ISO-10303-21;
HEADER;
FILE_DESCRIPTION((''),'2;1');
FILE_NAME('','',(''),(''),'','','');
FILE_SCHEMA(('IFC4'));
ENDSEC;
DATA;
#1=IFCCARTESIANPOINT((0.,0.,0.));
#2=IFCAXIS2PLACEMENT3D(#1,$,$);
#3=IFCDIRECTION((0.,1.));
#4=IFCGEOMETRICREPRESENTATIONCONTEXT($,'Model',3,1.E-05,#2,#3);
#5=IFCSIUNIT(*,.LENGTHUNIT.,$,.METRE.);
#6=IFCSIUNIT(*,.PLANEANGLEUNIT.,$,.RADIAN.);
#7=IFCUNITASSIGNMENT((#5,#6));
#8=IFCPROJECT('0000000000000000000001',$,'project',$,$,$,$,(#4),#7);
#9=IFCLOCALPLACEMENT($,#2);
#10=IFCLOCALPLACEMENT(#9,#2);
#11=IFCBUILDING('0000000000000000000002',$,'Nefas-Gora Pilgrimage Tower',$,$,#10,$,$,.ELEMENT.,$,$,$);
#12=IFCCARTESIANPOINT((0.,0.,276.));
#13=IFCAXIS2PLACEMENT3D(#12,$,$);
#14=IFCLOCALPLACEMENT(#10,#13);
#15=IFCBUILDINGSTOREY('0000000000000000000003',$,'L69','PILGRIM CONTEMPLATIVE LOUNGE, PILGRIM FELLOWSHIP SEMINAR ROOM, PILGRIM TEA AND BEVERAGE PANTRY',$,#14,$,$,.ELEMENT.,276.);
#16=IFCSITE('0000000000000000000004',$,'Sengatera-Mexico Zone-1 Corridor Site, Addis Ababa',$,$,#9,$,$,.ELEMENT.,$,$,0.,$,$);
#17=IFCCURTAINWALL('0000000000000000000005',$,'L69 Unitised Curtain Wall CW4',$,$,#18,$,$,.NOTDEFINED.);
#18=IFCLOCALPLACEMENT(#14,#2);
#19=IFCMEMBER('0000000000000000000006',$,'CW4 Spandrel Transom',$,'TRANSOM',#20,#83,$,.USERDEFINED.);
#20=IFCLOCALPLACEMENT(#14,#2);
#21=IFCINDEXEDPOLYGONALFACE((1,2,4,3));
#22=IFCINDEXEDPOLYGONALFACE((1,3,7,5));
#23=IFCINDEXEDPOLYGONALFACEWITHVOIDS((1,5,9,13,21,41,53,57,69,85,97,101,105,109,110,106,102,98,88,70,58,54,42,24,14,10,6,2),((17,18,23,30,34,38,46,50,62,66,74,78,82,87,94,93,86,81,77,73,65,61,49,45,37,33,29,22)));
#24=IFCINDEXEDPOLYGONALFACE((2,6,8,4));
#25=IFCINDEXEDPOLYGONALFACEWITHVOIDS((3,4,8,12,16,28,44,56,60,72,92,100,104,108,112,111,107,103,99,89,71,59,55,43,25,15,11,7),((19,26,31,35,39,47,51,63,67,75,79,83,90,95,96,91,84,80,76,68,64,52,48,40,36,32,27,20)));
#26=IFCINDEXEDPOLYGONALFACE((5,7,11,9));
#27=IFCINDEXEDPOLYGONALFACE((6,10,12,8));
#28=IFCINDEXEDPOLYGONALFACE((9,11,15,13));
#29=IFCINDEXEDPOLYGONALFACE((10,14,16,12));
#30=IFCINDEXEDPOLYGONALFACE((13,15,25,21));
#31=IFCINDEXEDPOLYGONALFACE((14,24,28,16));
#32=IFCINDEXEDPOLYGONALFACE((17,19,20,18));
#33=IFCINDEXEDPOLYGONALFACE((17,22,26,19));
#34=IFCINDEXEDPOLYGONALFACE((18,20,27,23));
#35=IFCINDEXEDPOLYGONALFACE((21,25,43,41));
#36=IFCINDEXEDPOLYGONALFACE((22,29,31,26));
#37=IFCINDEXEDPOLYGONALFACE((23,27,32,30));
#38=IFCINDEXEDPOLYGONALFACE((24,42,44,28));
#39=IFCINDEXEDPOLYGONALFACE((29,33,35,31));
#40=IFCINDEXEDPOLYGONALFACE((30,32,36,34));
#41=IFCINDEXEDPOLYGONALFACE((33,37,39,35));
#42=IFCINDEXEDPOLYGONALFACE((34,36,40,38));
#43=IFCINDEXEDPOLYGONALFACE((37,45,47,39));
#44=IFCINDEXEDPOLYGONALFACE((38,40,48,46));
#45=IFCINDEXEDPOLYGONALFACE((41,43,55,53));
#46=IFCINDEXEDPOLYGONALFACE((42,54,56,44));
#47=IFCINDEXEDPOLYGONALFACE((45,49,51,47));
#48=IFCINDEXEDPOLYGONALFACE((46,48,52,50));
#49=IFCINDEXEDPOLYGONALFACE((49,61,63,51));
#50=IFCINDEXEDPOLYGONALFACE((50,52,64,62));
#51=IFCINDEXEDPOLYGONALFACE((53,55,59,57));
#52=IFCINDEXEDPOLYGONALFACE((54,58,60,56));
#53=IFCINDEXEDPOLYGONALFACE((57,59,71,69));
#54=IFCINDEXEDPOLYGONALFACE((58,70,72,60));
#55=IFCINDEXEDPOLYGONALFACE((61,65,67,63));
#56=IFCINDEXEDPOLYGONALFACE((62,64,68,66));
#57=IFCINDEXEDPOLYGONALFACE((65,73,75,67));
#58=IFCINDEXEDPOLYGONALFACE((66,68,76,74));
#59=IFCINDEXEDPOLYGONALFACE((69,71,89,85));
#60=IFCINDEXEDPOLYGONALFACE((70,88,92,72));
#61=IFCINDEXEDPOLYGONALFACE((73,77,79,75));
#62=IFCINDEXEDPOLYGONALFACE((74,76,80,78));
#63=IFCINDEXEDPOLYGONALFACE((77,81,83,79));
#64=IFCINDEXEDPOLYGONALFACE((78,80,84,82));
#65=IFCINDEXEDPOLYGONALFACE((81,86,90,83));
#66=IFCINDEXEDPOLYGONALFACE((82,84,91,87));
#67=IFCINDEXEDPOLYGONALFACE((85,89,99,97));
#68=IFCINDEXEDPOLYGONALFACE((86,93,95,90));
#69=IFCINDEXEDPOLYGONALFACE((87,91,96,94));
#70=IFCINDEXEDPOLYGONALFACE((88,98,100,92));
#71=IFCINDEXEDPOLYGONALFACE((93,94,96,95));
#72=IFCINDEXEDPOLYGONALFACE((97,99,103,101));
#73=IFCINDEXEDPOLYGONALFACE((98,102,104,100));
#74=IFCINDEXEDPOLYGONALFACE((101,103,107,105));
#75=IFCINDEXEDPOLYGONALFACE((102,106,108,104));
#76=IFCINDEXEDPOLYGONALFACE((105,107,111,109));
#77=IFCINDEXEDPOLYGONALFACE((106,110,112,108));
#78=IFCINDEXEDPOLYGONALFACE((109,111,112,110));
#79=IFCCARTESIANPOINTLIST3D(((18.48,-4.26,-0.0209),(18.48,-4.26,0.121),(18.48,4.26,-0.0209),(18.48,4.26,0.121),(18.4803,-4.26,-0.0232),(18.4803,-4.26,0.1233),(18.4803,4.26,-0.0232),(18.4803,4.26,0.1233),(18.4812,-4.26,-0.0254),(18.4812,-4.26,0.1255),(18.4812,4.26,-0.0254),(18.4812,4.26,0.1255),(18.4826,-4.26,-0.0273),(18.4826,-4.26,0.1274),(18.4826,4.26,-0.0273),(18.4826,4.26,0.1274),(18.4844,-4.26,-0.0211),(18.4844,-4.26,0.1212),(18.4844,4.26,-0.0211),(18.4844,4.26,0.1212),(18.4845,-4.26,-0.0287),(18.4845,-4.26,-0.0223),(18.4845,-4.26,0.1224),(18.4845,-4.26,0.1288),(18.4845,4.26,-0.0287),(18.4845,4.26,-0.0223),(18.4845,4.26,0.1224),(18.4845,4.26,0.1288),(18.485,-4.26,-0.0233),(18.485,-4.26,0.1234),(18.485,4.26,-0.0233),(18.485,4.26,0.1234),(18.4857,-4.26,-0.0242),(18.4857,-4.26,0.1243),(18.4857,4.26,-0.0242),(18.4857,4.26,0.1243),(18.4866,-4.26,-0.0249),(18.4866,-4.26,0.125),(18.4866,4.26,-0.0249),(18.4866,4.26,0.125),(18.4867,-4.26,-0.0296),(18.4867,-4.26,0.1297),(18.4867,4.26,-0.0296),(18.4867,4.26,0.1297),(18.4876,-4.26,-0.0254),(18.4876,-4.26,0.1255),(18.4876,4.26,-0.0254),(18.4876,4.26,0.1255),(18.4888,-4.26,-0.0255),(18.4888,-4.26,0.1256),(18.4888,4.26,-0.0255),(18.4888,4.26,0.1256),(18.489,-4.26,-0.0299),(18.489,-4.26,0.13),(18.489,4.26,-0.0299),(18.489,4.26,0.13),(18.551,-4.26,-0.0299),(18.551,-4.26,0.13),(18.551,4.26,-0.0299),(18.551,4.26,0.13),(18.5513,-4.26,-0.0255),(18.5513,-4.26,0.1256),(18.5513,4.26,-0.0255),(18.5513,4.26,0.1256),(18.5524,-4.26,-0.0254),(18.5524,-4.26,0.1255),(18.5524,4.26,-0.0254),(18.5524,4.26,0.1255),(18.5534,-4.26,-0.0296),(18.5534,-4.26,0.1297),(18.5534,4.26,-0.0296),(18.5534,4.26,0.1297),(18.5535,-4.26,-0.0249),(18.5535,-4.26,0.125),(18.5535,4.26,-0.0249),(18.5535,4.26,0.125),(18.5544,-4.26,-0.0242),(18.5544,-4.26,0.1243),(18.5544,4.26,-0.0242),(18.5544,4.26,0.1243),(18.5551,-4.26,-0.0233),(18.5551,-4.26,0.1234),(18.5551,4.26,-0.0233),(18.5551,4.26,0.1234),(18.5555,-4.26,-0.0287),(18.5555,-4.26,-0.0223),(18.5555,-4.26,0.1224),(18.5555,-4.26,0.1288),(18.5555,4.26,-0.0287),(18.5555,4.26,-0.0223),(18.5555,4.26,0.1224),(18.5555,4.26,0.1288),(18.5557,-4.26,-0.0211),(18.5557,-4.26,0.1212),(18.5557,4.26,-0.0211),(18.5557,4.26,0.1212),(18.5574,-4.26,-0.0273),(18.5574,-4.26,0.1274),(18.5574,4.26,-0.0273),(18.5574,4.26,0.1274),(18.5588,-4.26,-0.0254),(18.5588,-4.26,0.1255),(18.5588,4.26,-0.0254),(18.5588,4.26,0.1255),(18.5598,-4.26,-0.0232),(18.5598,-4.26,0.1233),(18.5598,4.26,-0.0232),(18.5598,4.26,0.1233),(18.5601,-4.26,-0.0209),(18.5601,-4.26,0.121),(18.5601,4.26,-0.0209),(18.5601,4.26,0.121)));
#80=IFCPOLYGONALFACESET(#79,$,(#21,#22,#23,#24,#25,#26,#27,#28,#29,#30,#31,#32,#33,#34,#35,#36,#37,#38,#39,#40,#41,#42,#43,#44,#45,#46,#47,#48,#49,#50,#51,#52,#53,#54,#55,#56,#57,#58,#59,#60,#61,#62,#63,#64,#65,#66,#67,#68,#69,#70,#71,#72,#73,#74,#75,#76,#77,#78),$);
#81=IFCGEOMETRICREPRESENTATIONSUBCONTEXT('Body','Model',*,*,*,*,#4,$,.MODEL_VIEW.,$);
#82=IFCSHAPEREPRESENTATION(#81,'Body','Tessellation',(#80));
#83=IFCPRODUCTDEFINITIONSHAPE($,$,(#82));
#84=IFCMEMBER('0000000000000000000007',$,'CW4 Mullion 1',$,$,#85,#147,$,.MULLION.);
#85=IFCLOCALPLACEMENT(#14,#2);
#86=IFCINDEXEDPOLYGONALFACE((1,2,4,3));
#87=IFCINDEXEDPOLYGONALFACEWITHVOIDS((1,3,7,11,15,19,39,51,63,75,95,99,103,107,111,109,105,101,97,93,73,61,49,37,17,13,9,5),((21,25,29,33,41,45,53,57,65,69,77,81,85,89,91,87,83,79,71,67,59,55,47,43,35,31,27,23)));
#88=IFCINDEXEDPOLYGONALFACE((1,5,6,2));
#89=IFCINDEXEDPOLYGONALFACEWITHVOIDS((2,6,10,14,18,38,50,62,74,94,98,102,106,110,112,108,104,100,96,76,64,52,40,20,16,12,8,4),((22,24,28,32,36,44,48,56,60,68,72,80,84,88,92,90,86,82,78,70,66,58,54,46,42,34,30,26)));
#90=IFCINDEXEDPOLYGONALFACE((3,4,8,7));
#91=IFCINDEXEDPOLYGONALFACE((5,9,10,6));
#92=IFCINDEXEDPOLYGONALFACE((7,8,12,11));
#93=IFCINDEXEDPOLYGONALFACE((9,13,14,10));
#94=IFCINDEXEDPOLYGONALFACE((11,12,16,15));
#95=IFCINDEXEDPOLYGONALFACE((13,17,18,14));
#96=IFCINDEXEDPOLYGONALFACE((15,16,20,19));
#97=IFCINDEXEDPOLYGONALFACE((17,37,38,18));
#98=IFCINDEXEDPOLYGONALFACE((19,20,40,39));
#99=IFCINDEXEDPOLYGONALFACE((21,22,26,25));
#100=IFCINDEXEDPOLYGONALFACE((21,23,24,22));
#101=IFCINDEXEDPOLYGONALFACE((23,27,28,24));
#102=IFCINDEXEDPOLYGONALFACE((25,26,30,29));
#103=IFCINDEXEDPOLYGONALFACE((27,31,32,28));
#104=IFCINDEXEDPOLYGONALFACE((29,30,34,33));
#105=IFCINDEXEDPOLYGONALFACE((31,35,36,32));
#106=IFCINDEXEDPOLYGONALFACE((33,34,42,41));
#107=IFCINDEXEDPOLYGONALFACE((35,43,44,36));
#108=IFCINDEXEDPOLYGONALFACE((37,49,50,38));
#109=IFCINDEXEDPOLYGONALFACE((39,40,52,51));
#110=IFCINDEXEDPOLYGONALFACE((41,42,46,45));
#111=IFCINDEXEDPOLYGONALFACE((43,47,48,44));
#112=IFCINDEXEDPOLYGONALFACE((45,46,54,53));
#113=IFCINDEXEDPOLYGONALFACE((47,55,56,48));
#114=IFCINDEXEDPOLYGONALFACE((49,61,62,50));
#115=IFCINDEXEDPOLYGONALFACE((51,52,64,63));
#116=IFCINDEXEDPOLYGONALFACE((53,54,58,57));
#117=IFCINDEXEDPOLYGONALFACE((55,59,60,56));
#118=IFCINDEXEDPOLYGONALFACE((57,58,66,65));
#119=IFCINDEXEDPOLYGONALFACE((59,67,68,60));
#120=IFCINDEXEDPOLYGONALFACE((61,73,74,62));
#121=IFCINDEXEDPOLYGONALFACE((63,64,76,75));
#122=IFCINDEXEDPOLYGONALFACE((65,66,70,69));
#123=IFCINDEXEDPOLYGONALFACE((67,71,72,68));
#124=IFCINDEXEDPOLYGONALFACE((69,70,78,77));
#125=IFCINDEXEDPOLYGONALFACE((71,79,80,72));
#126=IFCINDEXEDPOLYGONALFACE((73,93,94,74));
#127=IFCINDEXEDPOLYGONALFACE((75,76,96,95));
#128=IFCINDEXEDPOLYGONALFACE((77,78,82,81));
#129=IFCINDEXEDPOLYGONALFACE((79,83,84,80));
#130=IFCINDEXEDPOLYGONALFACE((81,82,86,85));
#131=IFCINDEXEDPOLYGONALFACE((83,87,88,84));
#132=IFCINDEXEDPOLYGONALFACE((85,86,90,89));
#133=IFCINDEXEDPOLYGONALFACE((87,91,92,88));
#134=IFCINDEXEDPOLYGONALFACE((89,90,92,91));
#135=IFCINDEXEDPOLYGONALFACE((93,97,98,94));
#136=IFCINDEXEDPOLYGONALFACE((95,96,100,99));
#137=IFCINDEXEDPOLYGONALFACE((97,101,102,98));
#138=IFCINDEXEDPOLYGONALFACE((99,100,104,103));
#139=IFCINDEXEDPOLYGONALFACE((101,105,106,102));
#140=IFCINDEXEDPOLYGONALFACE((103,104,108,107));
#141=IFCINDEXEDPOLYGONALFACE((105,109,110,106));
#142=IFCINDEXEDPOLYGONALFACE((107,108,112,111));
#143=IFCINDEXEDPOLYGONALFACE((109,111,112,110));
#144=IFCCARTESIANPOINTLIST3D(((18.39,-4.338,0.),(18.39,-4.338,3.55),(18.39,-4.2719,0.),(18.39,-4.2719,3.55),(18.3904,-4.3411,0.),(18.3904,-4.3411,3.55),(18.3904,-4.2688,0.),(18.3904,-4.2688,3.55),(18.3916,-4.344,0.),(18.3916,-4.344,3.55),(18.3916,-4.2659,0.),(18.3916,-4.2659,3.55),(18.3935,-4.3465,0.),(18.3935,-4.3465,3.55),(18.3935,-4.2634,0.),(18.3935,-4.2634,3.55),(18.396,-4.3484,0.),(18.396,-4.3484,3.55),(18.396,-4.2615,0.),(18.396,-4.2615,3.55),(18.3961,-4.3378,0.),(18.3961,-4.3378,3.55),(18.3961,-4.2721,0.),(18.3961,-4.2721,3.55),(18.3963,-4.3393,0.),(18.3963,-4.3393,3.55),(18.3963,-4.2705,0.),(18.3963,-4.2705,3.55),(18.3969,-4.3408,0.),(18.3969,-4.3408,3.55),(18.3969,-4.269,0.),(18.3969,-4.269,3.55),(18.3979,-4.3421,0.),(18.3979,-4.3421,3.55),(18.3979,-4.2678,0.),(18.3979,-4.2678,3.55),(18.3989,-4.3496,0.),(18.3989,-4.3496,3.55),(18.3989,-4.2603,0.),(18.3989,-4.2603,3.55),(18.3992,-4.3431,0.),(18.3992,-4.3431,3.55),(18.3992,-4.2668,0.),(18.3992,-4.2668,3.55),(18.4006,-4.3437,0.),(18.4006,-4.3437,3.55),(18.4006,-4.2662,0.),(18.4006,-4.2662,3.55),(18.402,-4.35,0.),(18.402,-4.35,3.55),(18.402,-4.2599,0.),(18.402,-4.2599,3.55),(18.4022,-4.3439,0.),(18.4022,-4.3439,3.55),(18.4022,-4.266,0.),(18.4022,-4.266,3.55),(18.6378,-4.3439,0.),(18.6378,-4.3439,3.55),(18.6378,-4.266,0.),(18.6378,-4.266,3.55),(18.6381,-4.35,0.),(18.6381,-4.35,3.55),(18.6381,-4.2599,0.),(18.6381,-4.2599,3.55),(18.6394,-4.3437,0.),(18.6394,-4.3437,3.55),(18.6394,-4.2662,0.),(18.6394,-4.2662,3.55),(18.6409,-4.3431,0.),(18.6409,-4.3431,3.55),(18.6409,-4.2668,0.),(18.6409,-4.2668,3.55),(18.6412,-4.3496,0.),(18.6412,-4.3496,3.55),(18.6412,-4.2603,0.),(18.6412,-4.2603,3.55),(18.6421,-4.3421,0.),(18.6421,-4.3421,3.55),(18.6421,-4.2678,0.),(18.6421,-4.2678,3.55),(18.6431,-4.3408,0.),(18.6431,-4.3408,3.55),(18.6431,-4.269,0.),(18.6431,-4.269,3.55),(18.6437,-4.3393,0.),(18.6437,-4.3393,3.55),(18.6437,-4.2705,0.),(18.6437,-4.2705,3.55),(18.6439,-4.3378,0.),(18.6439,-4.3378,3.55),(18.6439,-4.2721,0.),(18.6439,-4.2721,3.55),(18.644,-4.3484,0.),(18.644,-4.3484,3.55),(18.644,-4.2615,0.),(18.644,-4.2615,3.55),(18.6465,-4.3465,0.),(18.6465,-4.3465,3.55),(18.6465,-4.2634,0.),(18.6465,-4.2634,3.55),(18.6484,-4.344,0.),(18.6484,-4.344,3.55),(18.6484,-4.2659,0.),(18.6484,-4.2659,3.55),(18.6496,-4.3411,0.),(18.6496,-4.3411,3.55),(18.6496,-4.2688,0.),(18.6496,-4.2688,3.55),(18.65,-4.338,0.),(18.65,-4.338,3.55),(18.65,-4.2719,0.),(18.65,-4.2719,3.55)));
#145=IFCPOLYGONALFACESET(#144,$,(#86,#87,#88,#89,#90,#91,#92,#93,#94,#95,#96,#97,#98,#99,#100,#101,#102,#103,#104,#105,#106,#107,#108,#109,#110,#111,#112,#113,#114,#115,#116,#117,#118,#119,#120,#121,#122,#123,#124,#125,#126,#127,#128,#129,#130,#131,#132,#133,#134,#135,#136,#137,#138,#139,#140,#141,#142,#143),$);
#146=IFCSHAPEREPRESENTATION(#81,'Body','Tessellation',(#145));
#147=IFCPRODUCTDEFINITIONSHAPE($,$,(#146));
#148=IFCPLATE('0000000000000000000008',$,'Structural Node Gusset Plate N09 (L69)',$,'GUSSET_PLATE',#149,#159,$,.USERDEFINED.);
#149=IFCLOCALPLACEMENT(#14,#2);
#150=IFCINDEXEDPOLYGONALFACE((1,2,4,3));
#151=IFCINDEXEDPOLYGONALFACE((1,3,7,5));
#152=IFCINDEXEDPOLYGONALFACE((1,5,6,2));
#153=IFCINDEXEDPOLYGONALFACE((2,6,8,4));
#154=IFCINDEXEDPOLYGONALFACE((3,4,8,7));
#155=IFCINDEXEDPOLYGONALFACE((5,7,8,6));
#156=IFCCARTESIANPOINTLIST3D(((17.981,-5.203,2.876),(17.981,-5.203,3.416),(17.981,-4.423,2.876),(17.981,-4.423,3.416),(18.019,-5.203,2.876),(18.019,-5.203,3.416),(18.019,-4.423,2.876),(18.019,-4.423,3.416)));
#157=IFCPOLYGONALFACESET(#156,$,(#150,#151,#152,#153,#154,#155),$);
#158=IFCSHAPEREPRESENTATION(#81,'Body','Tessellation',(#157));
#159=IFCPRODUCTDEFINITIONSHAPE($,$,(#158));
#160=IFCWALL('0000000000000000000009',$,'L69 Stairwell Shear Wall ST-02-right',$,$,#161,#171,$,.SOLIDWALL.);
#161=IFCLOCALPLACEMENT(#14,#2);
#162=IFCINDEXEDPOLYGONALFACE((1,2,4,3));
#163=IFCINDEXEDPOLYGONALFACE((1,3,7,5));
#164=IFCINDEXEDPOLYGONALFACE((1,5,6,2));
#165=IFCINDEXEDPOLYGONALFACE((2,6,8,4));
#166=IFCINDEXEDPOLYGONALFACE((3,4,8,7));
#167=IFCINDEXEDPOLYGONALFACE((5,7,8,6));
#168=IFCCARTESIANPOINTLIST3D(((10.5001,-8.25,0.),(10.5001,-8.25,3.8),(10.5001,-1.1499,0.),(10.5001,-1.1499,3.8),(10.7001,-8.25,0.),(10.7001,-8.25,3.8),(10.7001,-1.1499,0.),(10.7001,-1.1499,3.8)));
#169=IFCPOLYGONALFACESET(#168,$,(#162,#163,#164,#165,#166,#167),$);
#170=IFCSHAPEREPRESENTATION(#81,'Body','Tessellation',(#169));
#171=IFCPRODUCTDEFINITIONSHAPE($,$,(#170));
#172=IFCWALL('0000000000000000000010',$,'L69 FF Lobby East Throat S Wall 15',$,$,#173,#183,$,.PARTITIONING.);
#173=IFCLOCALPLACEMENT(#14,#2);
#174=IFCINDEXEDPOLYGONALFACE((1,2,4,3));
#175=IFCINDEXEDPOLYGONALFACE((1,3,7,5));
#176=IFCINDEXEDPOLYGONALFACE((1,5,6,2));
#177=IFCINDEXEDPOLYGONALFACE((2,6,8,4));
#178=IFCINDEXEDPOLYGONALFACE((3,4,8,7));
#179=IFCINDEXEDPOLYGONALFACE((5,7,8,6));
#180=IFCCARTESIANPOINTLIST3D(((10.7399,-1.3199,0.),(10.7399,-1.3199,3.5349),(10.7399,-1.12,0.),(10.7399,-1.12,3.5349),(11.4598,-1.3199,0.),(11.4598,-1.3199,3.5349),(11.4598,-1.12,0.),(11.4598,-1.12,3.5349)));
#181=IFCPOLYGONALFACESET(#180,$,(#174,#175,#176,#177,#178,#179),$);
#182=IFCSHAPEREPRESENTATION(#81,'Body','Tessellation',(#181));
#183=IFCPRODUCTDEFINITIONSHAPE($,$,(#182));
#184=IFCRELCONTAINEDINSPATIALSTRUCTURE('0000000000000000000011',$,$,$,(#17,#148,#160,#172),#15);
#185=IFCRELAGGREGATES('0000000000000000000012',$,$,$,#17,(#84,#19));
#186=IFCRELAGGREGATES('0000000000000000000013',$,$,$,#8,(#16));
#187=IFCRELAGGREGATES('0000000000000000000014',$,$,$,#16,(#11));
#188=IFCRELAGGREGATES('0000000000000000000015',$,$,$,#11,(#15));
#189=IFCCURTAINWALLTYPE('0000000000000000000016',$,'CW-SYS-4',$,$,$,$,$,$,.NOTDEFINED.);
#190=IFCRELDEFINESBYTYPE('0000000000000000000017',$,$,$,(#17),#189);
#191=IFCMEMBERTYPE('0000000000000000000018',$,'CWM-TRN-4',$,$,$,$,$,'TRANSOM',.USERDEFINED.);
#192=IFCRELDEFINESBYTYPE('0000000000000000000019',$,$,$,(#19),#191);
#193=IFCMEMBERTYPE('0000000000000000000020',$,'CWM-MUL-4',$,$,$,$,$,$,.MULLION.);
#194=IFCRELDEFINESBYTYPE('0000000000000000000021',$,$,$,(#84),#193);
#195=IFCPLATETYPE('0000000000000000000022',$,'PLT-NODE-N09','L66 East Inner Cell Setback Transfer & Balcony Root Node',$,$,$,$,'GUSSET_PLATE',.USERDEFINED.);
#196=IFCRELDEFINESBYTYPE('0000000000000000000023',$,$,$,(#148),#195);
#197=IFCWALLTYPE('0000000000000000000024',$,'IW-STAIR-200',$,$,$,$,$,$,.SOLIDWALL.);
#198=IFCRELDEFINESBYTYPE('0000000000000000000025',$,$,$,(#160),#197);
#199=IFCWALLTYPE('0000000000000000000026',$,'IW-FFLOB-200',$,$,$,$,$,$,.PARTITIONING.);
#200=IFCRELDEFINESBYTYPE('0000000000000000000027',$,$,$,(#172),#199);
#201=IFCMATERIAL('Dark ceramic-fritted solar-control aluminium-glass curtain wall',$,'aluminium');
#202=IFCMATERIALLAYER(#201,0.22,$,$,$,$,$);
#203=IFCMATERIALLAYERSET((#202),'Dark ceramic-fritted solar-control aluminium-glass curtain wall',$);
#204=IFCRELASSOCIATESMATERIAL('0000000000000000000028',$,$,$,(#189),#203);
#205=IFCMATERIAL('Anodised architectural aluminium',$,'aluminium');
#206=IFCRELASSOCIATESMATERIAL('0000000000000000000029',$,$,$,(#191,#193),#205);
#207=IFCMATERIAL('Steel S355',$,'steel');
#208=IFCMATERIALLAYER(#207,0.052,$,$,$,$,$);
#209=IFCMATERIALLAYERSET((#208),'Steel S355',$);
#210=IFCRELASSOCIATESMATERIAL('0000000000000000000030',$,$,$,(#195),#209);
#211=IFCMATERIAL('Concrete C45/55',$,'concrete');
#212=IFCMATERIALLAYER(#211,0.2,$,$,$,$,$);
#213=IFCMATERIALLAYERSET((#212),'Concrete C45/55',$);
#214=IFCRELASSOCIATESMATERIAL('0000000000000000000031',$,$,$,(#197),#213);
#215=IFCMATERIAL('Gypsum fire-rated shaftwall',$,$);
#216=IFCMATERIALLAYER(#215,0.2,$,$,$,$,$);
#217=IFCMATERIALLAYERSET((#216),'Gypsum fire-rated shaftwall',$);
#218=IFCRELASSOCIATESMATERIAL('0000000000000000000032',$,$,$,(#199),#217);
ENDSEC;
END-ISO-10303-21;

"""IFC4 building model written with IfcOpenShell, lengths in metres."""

from ifc_helpers import new_model, si_unit, direction, frame, frame_2d, origin, origin_2d, place, context, subcontext, project, spatial, rectangle, hollow_rectangle, extrude, source, transform, mapped, material, layer, layer_set, material_profile, profile_set, type_object, element, aggregate, save


model = new_model("IFC4")

# Units and contexts
model_context = context("Model", 3, precision=1e-05, world=origin(), true_north=direction((0.0, 1.0)))
body_context = subcontext(model_context, "Body", "Model", "MODEL_VIEW")
ifc_project = project(units=[si_unit("LENGTHUNIT", "METRE"), si_unit("PLANEANGLEUNIT", "RADIAN")], contexts=[model_context])

# Site, building, storey
site_placement = place(None, origin())
site = spatial("IfcSite", under=ifc_project, at=site_placement, Name="Sengatera-Mexico Zone-1 Corridor Site, Addis Ababa", CompositionType="ELEMENT", RefElevation=0.0)
building_placement = place(site_placement, origin())
building = spatial("IfcBuilding", under=site, at=building_placement, Name="Nefas-Gora Pilgrimage Tower", CompositionType="ELEMENT")
storey_placement = place(building_placement, frame((0.0, 0.0, 276.0)))
storey = spatial("IfcBuildingStorey", under=building, at=storey_placement, Name="L69", Description="PILGRIM CONTEMPLATIVE LOUNGE, PILGRIM FELLOWSHIP SEMINAR ROOM, PILGRIM TEA AND BEVERAGE PANTRY", CompositionType="ELEMENT", Elevation=276.0)

# Shared definitions
ifc_material_1 = material(Name="Steel S355", Category="steel")

# Curtain wall, members
ifc_material_2 = material(Name="Dark ceramic-fritted solar-control aluminium-glass curtain wall", Category="aluminium")
ifc_layer_1 = layer(ifc_material_2, 0.22)
ifc_layer_set_1 = layer_set([ifc_layer_1], Name="Dark ceramic-fritted solar-control aluminium-glass curtain wall")
curtain_wall_type = type_object("IfcCurtainWallType", Name="CW-SYS-4", PredefinedType="NOTDEFINED", material=ifc_layer_set_1)
curtain_wall_placement = place(storey_placement, origin())
curtain_wall = element("IfcCurtainWall", 1, at=curtain_wall_placement, inside=storey, type_object=curtain_wall_type, Name="L69 Unitised Curtain Wall CW4", PredefinedType="NOTDEFINED")
ifc_material_3 = material(Name="Anodised architectural aluminium", Category="aluminium")
ifc_material_profile_1 = material_profile(ifc_material_3, hollow_rectangle(XDim=0.0801, YDim=0.1599, WallThickness=0.0044, InnerFilletRadius=0.0044, OuterFilletRadius=0.009, at=origin_2d()), Name="ALU TRANSOM 80x160")
ifc_profile_set_1 = profile_set([ifc_material_profile_1], Name="Anodised architectural aluminium")
member_type_1 = type_object("IfcMemberType", Name="CWM-TRN-4", ElementType="TRANSOM", PredefinedType="USERDEFINED", material=ifc_profile_set_1)
shared_shape_1 = source(origin(), body_context, "Body", "SweptSolid", [
    extrude(hollow_rectangle(XDim=0.0801, YDim=0.1599, WallThickness=0.0044, InnerFilletRadius=0.0044, OuterFilletRadius=0.009, at=origin_2d()), origin(), (0.0, 0.0, 1.0), 8.52),
])
member_1_placement = place(storey_placement, frame((18.52, -4.26, 0.05), z_axis=(0.0, 1.0, 0.0), x_axis=(-1.0, 0.0, 0.0)))
member_1 = element("IfcMember", 2, at=member_1_placement, type_object=member_type_1, Name="CW4 Spandrel Transom", ObjectType="TRANSOM", PredefinedType="USERDEFINED", context=body_context, shape_type="MappedRepresentation", body=[
    mapped(shared_shape_1, transform((0.0, 0.0, 0.0), x_axis=(1.0, 0.0, 0.0), y_axis=(0.0, 1.0, 0.0), z_axis=(0.0, 0.0, 1.0), scale=1.0)),
])
ifc_material_profile_2 = material_profile(ifc_material_3, hollow_rectangle(XDim=0.0901, YDim=0.26, WallThickness=0.0061, InnerFilletRadius=0.0061, OuterFilletRadius=0.012, at=origin_2d()), Name="ALU MULLION 90x260")
ifc_profile_set_2 = profile_set([ifc_material_profile_2], Name="Anodised architectural aluminium")
member_type_2 = type_object("IfcMemberType", Name="CWM-MUL-4", PredefinedType="MULLION", material=ifc_profile_set_2)
shared_shape_2 = source(origin(), body_context, "Body", "SweptSolid", [
    extrude(hollow_rectangle(XDim=0.0901, YDim=0.26, WallThickness=0.0061, InnerFilletRadius=0.0061, OuterFilletRadius=0.012, at=origin_2d()), origin(), (0.0, 0.0, 1.0), 3.55),
])
member_2_placement = place(storey_placement, frame((18.52, -4.3049, 0.0), z_axis=(0.0, 0.0, 1.0), x_axis=(0.0, 1.0, 0.0)))
member_2 = element("IfcMember", 3, at=member_2_placement, type_object=member_type_2, Name="CW4 Mullion 1", PredefinedType="MULLION", context=body_context, shape_type="MappedRepresentation", body=[
    mapped(shared_shape_2, transform((0.0, 0.0, 0.0), x_axis=(1.0, 0.0, 0.0), y_axis=(0.0, 1.0, 0.0), z_axis=(0.0, 0.0, 1.0), scale=1.0)),
])
aggregate(curtain_wall, [member_2, member_1])

# Plate
ifc_layer_2 = layer(ifc_material_1, 0.052)
ifc_layer_set_2 = layer_set([ifc_layer_2], Name="Steel S355")
plate_type = type_object("IfcPlateType", Name="PLT-NODE-N09", Description="L66 East Inner Cell Setback Transfer & Balcony Root Node", ElementType="GUSSET_PLATE", PredefinedType="USERDEFINED", material=ifc_layer_set_2)
shared_shape_3 = source(origin(), body_context, "Body", "SweptSolid", [
    extrude(rectangle(XDim=0.78, YDim=0.0381, at=origin_2d()), origin(), (0.0, 0.0, 1.0), 0.54),
])
plate_placement = place(storey_placement, frame((18.0, -4.813, 2.876), z_axis=(0.0, 0.0, 1.0), x_axis=(0.0, 1.0, 0.0)))
element("IfcPlate", 4, at=plate_placement, inside=storey, type_object=plate_type, Name="Structural Node Gusset Plate N09 (L69)", ObjectType="GUSSET_PLATE", PredefinedType="USERDEFINED", context=body_context, shape_type="MappedRepresentation", body=[
    mapped(shared_shape_3, transform((0.0, 0.0, 0.0), x_axis=(1.0, 0.0, 0.0), y_axis=(0.0, 1.0, 0.0), z_axis=(0.0, 0.0, 1.0), scale=1.0)),
])

# Walls
ifc_material_4 = material(Name="Concrete C45/55", Category="concrete")
ifc_layer_3 = layer(ifc_material_4, 0.2)
ifc_layer_set_3 = layer_set([ifc_layer_3], Name="Concrete C45/55")
wall_type_1 = type_object("IfcWallType", Name="IW-STAIR-200", PredefinedType="SOLIDWALL", material=ifc_layer_set_3)
shared_shape_4 = source(origin(), body_context, "Body", "SweptSolid", [
    extrude(rectangle(XDim=7.1001, YDim=0.2, at=frame_2d((3.55, 0.0))), origin(), (0.0, 0.0, 1.0), 3.8),
])
wall_1_placement = place(storey_placement, frame((10.6001, -1.1499, 0.0), z_axis=(0.0, 0.0, 1.0), x_axis=(0.0, -1.0, 0.0)))
element("IfcWall", 5, at=wall_1_placement, inside=storey, type_object=wall_type_1, Name="L69 Stairwell Shear Wall ST-02-right", PredefinedType="SOLIDWALL", context=body_context, shape_type="MappedRepresentation", body=[
    mapped(shared_shape_4, transform((0.0, 0.0, 0.0), x_axis=(1.0, 0.0, 0.0), y_axis=(0.0, 1.0, 0.0), z_axis=(0.0, 0.0, 1.0), scale=1.0)),
])
ifc_material_5 = material(Name="Gypsum fire-rated shaftwall")
ifc_layer_4 = layer(ifc_material_5, 0.2)
ifc_layer_set_4 = layer_set([ifc_layer_4], Name="Gypsum fire-rated shaftwall")
wall_type_2 = type_object("IfcWallType", Name="IW-FFLOB-200", PredefinedType="PARTITIONING", material=ifc_layer_set_4)
shared_shape_5 = source(origin(), body_context, "Body", "SweptSolid", [
    extrude(rectangle(XDim=0.72, YDim=0.2, at=frame_2d((0.3599, 0.0))), origin(), (0.0, 0.0, 1.0), 3.5349),
])
wall_2_placement = place(storey_placement, frame((10.74, -1.22, 0.0), z_axis=(0.0, 0.0, 1.0), x_axis=(1.0, 0.0, 0.0)))
element("IfcWall", 6, at=wall_2_placement, inside=storey, type_object=wall_type_2, Name="L69 FF Lobby East Throat S Wall 15", PredefinedType="PARTITIONING", context=body_context, shape_type="MappedRepresentation", body=[
    mapped(shared_shape_5, transform((0.0, 0.0, 0.0), x_axis=(1.0, 0.0, 0.0), y_axis=(0.0, 1.0, 0.0), z_axis=(0.0, 0.0, 1.0), scale=1.0)),
])

save(model, "model.ifc")
